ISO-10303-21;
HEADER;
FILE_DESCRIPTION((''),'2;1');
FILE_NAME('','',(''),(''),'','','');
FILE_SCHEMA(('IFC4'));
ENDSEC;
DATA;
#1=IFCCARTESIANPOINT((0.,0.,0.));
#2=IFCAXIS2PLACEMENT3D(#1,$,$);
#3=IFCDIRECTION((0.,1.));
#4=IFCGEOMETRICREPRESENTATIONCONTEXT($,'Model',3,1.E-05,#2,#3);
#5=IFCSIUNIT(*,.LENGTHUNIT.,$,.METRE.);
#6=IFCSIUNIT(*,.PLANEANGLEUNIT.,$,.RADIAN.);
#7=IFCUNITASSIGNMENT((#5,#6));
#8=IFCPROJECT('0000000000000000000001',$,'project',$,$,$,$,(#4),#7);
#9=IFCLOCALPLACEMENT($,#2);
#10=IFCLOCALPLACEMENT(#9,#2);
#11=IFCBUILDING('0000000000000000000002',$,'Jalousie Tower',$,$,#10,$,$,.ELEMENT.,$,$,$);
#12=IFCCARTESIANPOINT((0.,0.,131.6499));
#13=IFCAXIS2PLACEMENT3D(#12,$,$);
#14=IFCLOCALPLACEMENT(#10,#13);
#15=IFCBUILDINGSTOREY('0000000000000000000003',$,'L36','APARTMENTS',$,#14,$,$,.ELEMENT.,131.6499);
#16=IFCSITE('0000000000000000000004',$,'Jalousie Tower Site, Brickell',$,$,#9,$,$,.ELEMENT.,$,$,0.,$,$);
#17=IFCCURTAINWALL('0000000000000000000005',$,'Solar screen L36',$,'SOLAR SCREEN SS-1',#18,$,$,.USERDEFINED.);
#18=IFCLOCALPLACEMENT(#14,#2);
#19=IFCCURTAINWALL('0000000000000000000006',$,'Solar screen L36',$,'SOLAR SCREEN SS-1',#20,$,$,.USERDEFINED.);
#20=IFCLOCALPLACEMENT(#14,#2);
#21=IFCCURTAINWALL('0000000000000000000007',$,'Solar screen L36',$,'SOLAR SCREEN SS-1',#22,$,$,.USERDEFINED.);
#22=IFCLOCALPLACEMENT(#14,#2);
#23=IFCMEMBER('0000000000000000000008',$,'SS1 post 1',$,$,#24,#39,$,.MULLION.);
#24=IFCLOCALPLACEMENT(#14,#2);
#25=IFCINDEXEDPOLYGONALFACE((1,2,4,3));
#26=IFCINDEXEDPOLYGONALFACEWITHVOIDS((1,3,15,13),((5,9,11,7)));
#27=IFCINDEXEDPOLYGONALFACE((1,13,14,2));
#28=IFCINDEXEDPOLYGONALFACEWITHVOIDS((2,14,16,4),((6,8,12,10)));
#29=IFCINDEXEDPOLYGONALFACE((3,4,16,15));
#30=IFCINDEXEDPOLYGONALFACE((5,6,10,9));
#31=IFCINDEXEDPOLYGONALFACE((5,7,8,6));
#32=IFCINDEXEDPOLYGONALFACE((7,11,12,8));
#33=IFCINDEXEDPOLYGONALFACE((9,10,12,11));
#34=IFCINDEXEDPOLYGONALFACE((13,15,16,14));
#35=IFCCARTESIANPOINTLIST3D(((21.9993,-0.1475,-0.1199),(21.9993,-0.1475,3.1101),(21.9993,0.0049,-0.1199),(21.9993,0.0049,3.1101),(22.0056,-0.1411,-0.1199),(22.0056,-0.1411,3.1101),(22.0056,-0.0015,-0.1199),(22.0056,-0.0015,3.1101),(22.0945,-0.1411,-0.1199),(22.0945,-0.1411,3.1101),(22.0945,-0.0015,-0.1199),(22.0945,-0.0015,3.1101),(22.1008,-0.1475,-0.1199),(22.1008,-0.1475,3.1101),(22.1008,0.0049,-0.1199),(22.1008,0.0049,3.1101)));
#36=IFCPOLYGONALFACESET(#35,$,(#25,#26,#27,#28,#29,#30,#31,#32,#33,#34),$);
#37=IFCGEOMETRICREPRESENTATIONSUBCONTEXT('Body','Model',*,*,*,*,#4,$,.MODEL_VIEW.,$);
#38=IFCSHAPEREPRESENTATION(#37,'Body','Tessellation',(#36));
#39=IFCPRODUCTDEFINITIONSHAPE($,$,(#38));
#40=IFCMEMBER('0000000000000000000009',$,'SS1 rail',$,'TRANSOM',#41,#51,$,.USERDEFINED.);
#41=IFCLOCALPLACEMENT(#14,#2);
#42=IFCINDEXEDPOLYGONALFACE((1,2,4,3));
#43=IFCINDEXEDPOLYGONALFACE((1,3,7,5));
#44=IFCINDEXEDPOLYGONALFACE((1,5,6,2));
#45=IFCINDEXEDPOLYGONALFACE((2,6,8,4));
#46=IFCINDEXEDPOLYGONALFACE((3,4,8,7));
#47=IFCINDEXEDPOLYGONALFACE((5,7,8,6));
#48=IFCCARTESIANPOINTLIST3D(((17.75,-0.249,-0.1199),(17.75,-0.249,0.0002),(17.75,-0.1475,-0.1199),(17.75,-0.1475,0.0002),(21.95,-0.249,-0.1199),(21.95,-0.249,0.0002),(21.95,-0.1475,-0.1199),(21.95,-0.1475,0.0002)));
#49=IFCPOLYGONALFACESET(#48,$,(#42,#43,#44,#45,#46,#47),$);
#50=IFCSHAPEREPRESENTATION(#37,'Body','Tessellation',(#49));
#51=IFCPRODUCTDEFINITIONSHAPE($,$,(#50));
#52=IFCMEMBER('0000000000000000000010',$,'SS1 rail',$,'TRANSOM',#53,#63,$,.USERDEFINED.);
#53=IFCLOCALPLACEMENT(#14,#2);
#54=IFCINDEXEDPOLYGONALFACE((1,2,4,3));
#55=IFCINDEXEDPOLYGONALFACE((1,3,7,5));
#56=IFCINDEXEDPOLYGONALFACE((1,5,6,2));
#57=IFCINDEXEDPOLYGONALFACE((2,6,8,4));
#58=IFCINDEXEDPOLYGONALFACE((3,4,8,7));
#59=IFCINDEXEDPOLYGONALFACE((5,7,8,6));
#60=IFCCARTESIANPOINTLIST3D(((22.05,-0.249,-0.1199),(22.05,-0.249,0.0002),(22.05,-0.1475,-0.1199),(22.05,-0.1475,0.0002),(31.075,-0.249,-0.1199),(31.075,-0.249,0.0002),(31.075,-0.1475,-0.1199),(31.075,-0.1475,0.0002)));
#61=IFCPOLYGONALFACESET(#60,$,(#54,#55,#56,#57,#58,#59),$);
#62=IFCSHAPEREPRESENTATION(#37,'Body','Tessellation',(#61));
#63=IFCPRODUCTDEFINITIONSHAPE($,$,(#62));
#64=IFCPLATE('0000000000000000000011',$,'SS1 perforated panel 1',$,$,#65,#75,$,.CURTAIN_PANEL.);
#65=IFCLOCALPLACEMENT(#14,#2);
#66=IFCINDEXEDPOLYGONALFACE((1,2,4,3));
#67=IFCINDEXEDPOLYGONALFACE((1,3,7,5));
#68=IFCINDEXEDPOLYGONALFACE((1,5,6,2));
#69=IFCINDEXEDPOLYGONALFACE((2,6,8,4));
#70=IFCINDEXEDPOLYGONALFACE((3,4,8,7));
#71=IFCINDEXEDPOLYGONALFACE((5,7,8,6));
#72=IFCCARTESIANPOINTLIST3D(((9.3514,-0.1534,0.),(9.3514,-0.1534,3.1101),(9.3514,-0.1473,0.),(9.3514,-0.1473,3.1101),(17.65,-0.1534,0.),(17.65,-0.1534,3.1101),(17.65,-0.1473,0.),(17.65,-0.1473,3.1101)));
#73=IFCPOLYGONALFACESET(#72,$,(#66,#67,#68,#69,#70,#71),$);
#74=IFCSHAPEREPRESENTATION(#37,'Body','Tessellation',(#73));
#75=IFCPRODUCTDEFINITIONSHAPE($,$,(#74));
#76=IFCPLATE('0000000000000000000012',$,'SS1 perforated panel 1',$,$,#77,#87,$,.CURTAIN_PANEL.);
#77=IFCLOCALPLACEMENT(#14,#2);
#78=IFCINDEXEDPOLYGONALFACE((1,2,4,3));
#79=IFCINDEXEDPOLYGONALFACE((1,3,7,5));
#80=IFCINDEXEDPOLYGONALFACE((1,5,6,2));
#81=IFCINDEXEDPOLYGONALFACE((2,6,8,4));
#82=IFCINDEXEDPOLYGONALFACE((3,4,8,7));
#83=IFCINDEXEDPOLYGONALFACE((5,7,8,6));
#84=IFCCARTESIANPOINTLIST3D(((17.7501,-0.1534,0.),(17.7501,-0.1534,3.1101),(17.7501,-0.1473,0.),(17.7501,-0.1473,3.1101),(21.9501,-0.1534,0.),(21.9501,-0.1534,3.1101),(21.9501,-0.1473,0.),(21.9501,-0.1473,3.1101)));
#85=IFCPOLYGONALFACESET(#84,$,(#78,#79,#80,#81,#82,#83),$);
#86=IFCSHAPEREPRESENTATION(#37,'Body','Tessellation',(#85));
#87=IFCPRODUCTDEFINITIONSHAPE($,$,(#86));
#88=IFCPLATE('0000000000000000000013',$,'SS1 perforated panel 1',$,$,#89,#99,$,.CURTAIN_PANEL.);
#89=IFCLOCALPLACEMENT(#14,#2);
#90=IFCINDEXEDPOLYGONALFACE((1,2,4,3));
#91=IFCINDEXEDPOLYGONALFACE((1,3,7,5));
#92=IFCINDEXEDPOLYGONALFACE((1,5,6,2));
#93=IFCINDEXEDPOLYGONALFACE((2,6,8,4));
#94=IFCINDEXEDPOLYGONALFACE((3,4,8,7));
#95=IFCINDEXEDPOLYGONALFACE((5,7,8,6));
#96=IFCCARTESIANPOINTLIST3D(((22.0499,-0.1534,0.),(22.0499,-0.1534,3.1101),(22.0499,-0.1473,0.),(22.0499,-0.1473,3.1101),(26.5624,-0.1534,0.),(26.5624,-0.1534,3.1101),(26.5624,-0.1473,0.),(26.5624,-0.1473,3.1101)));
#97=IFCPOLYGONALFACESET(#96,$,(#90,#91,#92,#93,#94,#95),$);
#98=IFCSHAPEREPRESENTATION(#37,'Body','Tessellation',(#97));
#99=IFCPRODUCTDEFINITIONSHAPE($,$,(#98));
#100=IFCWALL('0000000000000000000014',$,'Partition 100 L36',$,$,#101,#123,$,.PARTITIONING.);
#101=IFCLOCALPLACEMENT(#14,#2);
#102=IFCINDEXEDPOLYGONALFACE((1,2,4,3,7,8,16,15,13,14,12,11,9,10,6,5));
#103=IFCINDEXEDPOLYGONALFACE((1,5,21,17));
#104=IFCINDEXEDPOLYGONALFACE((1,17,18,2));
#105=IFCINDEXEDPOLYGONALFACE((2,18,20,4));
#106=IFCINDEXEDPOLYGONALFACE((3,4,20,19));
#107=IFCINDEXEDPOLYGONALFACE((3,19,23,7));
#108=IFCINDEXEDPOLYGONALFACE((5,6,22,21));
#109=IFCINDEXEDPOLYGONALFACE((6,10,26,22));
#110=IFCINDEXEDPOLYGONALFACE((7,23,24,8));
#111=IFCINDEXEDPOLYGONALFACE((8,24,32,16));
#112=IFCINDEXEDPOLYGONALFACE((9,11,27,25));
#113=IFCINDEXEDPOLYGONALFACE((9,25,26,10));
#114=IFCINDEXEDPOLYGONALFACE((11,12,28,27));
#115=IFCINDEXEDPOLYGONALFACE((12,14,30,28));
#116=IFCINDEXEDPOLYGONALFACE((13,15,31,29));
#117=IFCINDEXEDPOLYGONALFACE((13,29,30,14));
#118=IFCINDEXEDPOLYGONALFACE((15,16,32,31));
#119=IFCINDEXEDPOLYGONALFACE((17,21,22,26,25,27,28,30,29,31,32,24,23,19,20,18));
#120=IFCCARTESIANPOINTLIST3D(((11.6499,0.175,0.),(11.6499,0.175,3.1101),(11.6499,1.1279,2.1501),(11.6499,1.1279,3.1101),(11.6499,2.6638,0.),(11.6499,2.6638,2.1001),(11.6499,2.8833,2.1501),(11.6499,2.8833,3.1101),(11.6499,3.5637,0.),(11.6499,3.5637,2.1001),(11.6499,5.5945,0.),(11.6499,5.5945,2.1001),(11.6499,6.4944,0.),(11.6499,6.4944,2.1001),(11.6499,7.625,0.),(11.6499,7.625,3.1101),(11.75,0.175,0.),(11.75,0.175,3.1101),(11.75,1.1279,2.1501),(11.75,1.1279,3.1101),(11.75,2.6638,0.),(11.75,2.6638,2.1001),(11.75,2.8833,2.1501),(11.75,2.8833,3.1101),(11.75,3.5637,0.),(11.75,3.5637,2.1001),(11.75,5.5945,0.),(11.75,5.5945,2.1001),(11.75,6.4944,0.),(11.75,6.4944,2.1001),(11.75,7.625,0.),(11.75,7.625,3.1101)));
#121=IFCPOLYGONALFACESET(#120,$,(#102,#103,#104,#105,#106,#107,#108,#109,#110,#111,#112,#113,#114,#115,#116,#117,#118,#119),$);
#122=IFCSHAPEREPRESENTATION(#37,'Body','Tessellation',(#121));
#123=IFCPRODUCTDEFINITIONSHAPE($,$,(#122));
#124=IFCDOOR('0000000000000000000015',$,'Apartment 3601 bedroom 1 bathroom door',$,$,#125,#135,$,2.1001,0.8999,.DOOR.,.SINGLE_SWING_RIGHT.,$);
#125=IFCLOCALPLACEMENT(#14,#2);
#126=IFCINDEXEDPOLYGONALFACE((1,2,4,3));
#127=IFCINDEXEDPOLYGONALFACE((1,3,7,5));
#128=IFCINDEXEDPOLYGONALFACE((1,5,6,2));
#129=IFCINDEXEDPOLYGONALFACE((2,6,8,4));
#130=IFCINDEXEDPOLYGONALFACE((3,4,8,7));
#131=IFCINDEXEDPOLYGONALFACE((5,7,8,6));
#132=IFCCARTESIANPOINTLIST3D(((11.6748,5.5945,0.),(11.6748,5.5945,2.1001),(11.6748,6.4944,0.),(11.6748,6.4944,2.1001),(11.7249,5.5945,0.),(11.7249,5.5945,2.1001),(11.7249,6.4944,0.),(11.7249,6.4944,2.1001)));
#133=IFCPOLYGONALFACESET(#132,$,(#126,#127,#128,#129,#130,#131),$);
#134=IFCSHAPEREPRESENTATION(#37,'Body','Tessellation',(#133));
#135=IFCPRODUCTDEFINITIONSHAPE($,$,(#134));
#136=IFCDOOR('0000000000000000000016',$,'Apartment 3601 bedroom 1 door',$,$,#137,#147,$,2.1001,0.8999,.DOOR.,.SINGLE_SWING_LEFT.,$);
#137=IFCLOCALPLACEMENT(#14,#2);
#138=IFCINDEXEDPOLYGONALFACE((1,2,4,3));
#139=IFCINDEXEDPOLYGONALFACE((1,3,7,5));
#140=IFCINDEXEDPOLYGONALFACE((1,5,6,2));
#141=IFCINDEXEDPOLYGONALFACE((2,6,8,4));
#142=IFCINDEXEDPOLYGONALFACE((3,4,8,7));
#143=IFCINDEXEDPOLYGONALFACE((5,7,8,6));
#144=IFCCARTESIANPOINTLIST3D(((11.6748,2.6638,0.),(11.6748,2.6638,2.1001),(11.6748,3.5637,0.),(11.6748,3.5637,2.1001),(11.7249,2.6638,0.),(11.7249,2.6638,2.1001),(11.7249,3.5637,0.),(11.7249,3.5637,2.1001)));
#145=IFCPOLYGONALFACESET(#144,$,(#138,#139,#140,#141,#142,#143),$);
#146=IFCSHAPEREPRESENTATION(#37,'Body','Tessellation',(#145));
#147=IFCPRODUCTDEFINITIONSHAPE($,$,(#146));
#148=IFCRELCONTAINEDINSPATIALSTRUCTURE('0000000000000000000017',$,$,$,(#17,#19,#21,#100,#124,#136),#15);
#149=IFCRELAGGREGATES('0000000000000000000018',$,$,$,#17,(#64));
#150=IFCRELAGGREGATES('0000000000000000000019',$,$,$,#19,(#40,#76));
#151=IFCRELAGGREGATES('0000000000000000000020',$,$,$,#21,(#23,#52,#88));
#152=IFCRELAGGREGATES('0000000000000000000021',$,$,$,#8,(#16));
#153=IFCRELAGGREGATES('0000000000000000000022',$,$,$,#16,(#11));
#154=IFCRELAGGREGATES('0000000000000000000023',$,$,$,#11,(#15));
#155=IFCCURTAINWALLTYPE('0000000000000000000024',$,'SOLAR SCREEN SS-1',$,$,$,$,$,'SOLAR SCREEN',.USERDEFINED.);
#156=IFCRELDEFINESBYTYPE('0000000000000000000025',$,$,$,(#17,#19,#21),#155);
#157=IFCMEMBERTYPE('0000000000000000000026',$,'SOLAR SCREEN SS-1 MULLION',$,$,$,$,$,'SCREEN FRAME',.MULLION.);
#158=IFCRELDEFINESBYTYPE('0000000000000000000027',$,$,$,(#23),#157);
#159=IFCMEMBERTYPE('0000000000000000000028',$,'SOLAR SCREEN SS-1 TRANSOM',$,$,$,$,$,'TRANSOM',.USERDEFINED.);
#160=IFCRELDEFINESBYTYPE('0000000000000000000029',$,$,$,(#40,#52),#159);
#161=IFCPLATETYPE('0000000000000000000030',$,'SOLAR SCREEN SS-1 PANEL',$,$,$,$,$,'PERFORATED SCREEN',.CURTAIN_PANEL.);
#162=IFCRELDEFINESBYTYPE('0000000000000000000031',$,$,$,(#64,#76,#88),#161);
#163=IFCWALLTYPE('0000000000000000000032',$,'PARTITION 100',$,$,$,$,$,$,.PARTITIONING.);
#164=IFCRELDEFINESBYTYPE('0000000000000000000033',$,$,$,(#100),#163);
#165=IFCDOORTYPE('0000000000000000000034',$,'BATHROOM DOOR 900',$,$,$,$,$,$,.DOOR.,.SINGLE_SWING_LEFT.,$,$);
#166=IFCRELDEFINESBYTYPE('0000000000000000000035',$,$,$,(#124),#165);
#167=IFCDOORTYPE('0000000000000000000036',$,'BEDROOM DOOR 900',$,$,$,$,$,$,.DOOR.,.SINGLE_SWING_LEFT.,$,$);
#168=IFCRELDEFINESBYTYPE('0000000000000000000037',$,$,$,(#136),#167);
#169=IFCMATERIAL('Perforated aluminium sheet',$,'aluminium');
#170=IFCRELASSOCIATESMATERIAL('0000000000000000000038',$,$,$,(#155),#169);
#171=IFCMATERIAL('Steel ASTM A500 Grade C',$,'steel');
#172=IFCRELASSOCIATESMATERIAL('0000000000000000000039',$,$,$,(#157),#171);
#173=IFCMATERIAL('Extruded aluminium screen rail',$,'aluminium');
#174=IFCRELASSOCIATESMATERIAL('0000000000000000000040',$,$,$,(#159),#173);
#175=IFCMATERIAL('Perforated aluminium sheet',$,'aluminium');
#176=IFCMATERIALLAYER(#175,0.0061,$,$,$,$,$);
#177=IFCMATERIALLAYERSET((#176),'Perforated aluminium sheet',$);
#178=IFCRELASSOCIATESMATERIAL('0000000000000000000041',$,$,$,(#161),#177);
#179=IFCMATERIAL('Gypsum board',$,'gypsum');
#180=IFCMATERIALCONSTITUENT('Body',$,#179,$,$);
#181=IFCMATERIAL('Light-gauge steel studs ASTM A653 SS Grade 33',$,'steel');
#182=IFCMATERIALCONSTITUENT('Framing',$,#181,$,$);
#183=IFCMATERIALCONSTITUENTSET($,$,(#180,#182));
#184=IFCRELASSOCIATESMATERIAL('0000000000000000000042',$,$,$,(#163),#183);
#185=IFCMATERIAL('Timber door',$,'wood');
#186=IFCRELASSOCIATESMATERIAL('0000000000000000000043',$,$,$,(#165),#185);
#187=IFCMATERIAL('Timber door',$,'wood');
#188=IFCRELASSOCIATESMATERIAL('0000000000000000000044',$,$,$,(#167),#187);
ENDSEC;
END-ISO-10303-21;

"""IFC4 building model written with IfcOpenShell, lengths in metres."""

from ifc_helpers import new_model, si_unit, direction, frame, frame_2d, origin, origin_2d, place, context, subcontext, project, spatial, polyline, rectangle, hollow_rectangle, outline, extrude, material, layer, layer_set, constituent, constituent_set, material_profile, profile_set, type_object, element, fill, aggregate, save


model = new_model("IFC4")

# Units and contexts
model_context = context("Model", 3, precision=1e-05, world=origin(), true_north=direction((0.0, 1.0)))
body_context = subcontext(model_context, "Body", "Model", "MODEL_VIEW")
ifc_project = project(units=[si_unit("LENGTHUNIT", "METRE"), si_unit("PLANEANGLEUNIT", "RADIAN")], contexts=[model_context])

# Site, building, storey
site_placement = place(None, origin())
site = spatial("IfcSite", under=ifc_project, at=site_placement, Name="Jalousie Tower Site, Brickell", CompositionType="ELEMENT", RefElevation=0.0)
building_placement = place(site_placement, origin())
building = spatial("IfcBuilding", under=site, at=building_placement, Name="Jalousie Tower", CompositionType="ELEMENT")
storey_placement = place(building_placement, frame((0.0, 0.0, 131.6499)))
storey = spatial("IfcBuildingStorey", under=building, at=storey_placement, Name="L36", Description="APARTMENTS", CompositionType="ELEMENT", Elevation=131.6499)

# Curtain wall
ifc_material_1 = material(Name="Perforated aluminium sheet", Category="aluminium")
curtain_wall_type = type_object("IfcCurtainWallType", Name="SOLAR SCREEN SS-1", ElementType="SOLAR SCREEN", PredefinedType="USERDEFINED", material=ifc_material_1)
curtain_wall_1_placement = place(storey_placement, origin())
curtain_wall_1 = element("IfcCurtainWall", 1, at=curtain_wall_1_placement, inside=storey, type_object=curtain_wall_type, Name="Solar screen L36", ObjectType="SOLAR SCREEN SS-1", PredefinedType="USERDEFINED")
ifc_material_2 = material(Name="Steel ASTM A500 Grade C", Category="steel")
ifc_material_profile_1 = material_profile(ifc_material_2, hollow_rectangle(XDim=0.1016, YDim=0.1523, WallThickness=0.0063, at=origin_2d()), Name="HSS6X4X1/4")
ifc_profile_set_1 = profile_set([ifc_material_profile_1], Name="Steel ASTM A500 Grade C")
member_type_1 = type_object("IfcMemberType", Name="SOLAR SCREEN SS-1 MULLION", ElementType="SCREEN FRAME", PredefinedType="MULLION", material=ifc_profile_set_1)

# Curtain wall
curtain_wall_2_placement = place(storey_placement, origin())
curtain_wall_2 = element("IfcCurtainWall", 2, at=curtain_wall_2_placement, inside=storey, type_object=curtain_wall_type, Name="Solar screen L36", ObjectType="SOLAR SCREEN SS-1", PredefinedType="USERDEFINED")

# Curtain wall, member
curtain_wall_3_placement = place(storey_placement, origin())
curtain_wall_3 = element("IfcCurtainWall", 3, at=curtain_wall_3_placement, inside=storey, type_object=curtain_wall_type, Name="Solar screen L36", ObjectType="SOLAR SCREEN SS-1", PredefinedType="USERDEFINED")
member_1_placement = place(storey_placement, frame((22.05, -0.0713, -0.1199), z_axis=(0.0, 0.0, 1.0), x_axis=(1.0, 0.0, 0.0)))
member_1 = element("IfcMember", 4, at=member_1_placement, type_object=member_type_1, Name="SS1 post 1", PredefinedType="MULLION", context=body_context, shape_type="SweptSolid", body=[
    extrude(hollow_rectangle(XDim=0.1016, YDim=0.1523, WallThickness=0.0063, at=origin_2d()), origin(), (0.0, 0.0, 1.0), 3.23),
])

# Members
ifc_material_3 = material(Name="Extruded aluminium screen rail", Category="aluminium")
ifc_material_profile_2 = material_profile(ifc_material_3, rectangle(XDim=0.1016, YDim=0.1201, at=origin_2d()), Name="RAIL 102x120")
ifc_profile_set_2 = profile_set([ifc_material_profile_2], Name="Extruded aluminium screen rail")
member_type_2 = type_object("IfcMemberType", Name="SOLAR SCREEN SS-1 TRANSOM", ElementType="TRANSOM", PredefinedType="USERDEFINED", material=ifc_profile_set_2)
member_2_placement = place(storey_placement, frame((17.75, -0.1982, -0.0598), z_axis=(1.0, 0.0, 0.0), x_axis=(0.0, 1.0, 0.0)))
member_2 = element("IfcMember", 5, at=member_2_placement, type_object=member_type_2, Name="SS1 rail", ObjectType="TRANSOM", PredefinedType="USERDEFINED", context=body_context, shape_type="SweptSolid", body=[
    extrude(rectangle(XDim=0.1016, YDim=0.1201, at=origin_2d()), origin(), (0.0, 0.0, 1.0), 4.2),
])
member_3_placement = place(storey_placement, frame((22.05, -0.1982, -0.0598), z_axis=(1.0, 0.0, 0.0), x_axis=(0.0, 1.0, 0.0)))
member_3 = element("IfcMember", 6, at=member_3_placement, type_object=member_type_2, Name="SS1 rail", ObjectType="TRANSOM", PredefinedType="USERDEFINED", context=body_context, shape_type="SweptSolid", body=[
    extrude(rectangle(XDim=0.1016, YDim=0.1201, at=origin_2d()), origin(), (0.0, 0.0, 1.0), 9.0249),
])

# Plates
ifc_material_4 = material(Name="Perforated aluminium sheet", Category="aluminium")
ifc_layer_1 = layer(ifc_material_4, 0.0061)
ifc_layer_set_1 = layer_set([ifc_layer_1], Name="Perforated aluminium sheet")
plate_type = type_object("IfcPlateType", Name="SOLAR SCREEN SS-1 PANEL", ElementType="PERFORATED SCREEN", PredefinedType="CURTAIN_PANEL", material=ifc_layer_set_1)
plate_1_placement = place(storey_placement, frame((13.5007, -0.1504, 0.0), z_axis=(0.0, 0.0, 1.0), x_axis=(1.0, 0.0, 0.0)))
plate_1 = element("IfcPlate", 7, at=plate_1_placement, type_object=plate_type, Name="SS1 perforated panel 1", PredefinedType="CURTAIN_PANEL", context=body_context, shape_type="SweptSolid", body=[
    extrude(rectangle(XDim=8.2986, YDim=0.0061, at=origin_2d()), origin(), (0.0, 0.0, 1.0), 3.1101),
])
aggregate(curtain_wall_1, [plate_1])
plate_2_placement = place(storey_placement, frame((19.8501, -0.1504, 0.0), z_axis=(0.0, 0.0, 1.0), x_axis=(1.0, 0.0, 0.0)))
plate_2 = element("IfcPlate", 8, at=plate_2_placement, type_object=plate_type, Name="SS1 perforated panel 1", PredefinedType="CURTAIN_PANEL", context=body_context, shape_type="SweptSolid", body=[
    extrude(rectangle(XDim=4.2, YDim=0.0061, at=origin_2d()), origin(), (0.0, 0.0, 1.0), 3.1101),
])
aggregate(curtain_wall_2, [member_2, plate_2])
plate_3_placement = place(storey_placement, frame((24.3062, -0.1504, 0.0), z_axis=(0.0, 0.0, 1.0), x_axis=(1.0, 0.0, 0.0)))
plate_3 = element("IfcPlate", 9, at=plate_3_placement, type_object=plate_type, Name="SS1 perforated panel 1", PredefinedType="CURTAIN_PANEL", context=body_context, shape_type="SweptSolid", body=[
    extrude(rectangle(XDim=4.5125, YDim=0.0061, at=origin_2d()), origin(), (0.0, 0.0, 1.0), 3.1101),
])
aggregate(curtain_wall_3, [member_1, member_3, plate_3])

# Wall, openings, doors
ifc_material_5 = material(Name="Gypsum board", Category="gypsum")
ifc_constituent_1 = constituent(ifc_material_5, Name="Body")
ifc_material_6 = material(Name="Light-gauge steel studs ASTM A653 SS Grade 33", Category="steel")
ifc_constituent_2 = constituent(ifc_material_6, Name="Framing")
ifc_constituent_set = constituent_set(constituents=[ifc_constituent_1, ifc_constituent_2])
wall_type_1 = type_object("IfcWallType", Name="PARTITION 100", PredefinedType="PARTITIONING", material=ifc_constituent_set)
wall_1_placement = place(storey_placement, frame((11.7, 0.175, 0.0), z_axis=(0.0, 0.0, 1.0), x_axis=(0.0, 1.0, 0.0)))
wall_1 = element("IfcWall", 10, at=wall_1_placement, inside=storey, type_object=wall_type_1, Name="Partition 100 L36", PredefinedType="PARTITIONING", context=body_context, shape_type="SweptSolid", body=[
    extrude(outline(polyline([(0.0, 0.0), (7.45, 0.0), (7.45, 3.1101), (2.7083, 3.1101), (2.7083, 2.1501), (0.9529, 2.1501), (0.9529, 3.1101), (0.0, 3.1101), (0.0, 0.0)])), frame((0.0, 0.05, 0.0), z_axis=(0.0, -1.0, 0.0), x_axis=(1.0, 0.0, 0.0)), (0.0, 0.0, 1.0), 0.1001),
])
opening_1_placement = place(wall_1_placement, frame((2.4888, 0.0, 0.0)))
opening_1 = element("IfcOpeningElement", 11, at=opening_1_placement, cuts=wall_1, PredefinedType="OPENING", context=body_context, shape_type="SweptSolid", body=[
    extrude(rectangle(XDim=0.8999, YDim=2.1001, at=frame_2d((0.45, 1.05))), frame((0.0, 0.0601, 0.0), z_axis=(0.0, -1.0, 0.0), x_axis=(1.0, 0.0, 0.0)), (0.0, 0.0, 1.0), 0.1201),
])
opening_2_placement = place(wall_1_placement, frame((5.4194, 0.0, 0.0)))
opening_2 = element("IfcOpeningElement", 12, at=opening_2_placement, cuts=wall_1, PredefinedType="OPENING", context=body_context, shape_type="SweptSolid", body=[
    extrude(rectangle(XDim=0.8999, YDim=2.1001, at=frame_2d((0.45, 1.05))), frame((0.0, 0.0601, 0.0), z_axis=(0.0, -1.0, 0.0), x_axis=(1.0, 0.0, 0.0)), (0.0, 0.0, 1.0), 0.1201),
])
ifc_material_7 = material(Name="Timber door", Category="wood")
door_type_1 = type_object("IfcDoorType", Name="BATHROOM DOOR 900", OperationType="SINGLE_SWING_LEFT", PredefinedType="DOOR", material=ifc_material_7)
door_1_placement = place(opening_2_placement, frame((0.8999, 0.0, 0.0), z_axis=(0.0, 0.0, 1.0), x_axis=(-1.0, 0.0, 0.0)))
door_1 = element("IfcDoor", 13, at=door_1_placement, inside=storey, type_object=door_type_1, Name="Apartment 3601 bedroom 1 bathroom door", OperationType="SINGLE_SWING_RIGHT", OverallHeight=2.1001, OverallWidth=0.8999, PredefinedType="DOOR", context=body_context, shape_type="SweptSolid", body=[
    extrude(rectangle(XDim=0.8999, YDim=2.1001, at=frame_2d((0.45, 1.05))), frame((0.0, 0.0249, 0.0), z_axis=(0.0, -1.0, 0.0), x_axis=(1.0, 0.0, 0.0)), (0.0, 0.0, 1.0), 0.05),
])
fill(opening_2, door_1)
ifc_material_8 = material(Name="Timber door", Category="wood")
door_type_2 = type_object("IfcDoorType", Name="BEDROOM DOOR 900", OperationType="SINGLE_SWING_LEFT", PredefinedType="DOOR", material=ifc_material_8)
door_2_placement = place(opening_1_placement, frame((0.8999, 0.0, 0.0), z_axis=(0.0, 0.0, 1.0), x_axis=(-1.0, 0.0, 0.0)))
door_2 = element("IfcDoor", 14, at=door_2_placement, inside=storey, type_object=door_type_2, Name="Apartment 3601 bedroom 1 door", OperationType="SINGLE_SWING_LEFT", OverallHeight=2.1001, OverallWidth=0.8999, PredefinedType="DOOR", context=body_context, shape_type="SweptSolid", body=[
    extrude(rectangle(XDim=0.8999, YDim=2.1001, at=frame_2d((0.45, 1.05))), frame((0.0, 0.0249, 0.0), z_axis=(0.0, -1.0, 0.0), x_axis=(1.0, 0.0, 0.0)), (0.0, 0.0, 1.0), 0.05),
])
fill(opening_1, door_2)

save(model, "model.ifc")
